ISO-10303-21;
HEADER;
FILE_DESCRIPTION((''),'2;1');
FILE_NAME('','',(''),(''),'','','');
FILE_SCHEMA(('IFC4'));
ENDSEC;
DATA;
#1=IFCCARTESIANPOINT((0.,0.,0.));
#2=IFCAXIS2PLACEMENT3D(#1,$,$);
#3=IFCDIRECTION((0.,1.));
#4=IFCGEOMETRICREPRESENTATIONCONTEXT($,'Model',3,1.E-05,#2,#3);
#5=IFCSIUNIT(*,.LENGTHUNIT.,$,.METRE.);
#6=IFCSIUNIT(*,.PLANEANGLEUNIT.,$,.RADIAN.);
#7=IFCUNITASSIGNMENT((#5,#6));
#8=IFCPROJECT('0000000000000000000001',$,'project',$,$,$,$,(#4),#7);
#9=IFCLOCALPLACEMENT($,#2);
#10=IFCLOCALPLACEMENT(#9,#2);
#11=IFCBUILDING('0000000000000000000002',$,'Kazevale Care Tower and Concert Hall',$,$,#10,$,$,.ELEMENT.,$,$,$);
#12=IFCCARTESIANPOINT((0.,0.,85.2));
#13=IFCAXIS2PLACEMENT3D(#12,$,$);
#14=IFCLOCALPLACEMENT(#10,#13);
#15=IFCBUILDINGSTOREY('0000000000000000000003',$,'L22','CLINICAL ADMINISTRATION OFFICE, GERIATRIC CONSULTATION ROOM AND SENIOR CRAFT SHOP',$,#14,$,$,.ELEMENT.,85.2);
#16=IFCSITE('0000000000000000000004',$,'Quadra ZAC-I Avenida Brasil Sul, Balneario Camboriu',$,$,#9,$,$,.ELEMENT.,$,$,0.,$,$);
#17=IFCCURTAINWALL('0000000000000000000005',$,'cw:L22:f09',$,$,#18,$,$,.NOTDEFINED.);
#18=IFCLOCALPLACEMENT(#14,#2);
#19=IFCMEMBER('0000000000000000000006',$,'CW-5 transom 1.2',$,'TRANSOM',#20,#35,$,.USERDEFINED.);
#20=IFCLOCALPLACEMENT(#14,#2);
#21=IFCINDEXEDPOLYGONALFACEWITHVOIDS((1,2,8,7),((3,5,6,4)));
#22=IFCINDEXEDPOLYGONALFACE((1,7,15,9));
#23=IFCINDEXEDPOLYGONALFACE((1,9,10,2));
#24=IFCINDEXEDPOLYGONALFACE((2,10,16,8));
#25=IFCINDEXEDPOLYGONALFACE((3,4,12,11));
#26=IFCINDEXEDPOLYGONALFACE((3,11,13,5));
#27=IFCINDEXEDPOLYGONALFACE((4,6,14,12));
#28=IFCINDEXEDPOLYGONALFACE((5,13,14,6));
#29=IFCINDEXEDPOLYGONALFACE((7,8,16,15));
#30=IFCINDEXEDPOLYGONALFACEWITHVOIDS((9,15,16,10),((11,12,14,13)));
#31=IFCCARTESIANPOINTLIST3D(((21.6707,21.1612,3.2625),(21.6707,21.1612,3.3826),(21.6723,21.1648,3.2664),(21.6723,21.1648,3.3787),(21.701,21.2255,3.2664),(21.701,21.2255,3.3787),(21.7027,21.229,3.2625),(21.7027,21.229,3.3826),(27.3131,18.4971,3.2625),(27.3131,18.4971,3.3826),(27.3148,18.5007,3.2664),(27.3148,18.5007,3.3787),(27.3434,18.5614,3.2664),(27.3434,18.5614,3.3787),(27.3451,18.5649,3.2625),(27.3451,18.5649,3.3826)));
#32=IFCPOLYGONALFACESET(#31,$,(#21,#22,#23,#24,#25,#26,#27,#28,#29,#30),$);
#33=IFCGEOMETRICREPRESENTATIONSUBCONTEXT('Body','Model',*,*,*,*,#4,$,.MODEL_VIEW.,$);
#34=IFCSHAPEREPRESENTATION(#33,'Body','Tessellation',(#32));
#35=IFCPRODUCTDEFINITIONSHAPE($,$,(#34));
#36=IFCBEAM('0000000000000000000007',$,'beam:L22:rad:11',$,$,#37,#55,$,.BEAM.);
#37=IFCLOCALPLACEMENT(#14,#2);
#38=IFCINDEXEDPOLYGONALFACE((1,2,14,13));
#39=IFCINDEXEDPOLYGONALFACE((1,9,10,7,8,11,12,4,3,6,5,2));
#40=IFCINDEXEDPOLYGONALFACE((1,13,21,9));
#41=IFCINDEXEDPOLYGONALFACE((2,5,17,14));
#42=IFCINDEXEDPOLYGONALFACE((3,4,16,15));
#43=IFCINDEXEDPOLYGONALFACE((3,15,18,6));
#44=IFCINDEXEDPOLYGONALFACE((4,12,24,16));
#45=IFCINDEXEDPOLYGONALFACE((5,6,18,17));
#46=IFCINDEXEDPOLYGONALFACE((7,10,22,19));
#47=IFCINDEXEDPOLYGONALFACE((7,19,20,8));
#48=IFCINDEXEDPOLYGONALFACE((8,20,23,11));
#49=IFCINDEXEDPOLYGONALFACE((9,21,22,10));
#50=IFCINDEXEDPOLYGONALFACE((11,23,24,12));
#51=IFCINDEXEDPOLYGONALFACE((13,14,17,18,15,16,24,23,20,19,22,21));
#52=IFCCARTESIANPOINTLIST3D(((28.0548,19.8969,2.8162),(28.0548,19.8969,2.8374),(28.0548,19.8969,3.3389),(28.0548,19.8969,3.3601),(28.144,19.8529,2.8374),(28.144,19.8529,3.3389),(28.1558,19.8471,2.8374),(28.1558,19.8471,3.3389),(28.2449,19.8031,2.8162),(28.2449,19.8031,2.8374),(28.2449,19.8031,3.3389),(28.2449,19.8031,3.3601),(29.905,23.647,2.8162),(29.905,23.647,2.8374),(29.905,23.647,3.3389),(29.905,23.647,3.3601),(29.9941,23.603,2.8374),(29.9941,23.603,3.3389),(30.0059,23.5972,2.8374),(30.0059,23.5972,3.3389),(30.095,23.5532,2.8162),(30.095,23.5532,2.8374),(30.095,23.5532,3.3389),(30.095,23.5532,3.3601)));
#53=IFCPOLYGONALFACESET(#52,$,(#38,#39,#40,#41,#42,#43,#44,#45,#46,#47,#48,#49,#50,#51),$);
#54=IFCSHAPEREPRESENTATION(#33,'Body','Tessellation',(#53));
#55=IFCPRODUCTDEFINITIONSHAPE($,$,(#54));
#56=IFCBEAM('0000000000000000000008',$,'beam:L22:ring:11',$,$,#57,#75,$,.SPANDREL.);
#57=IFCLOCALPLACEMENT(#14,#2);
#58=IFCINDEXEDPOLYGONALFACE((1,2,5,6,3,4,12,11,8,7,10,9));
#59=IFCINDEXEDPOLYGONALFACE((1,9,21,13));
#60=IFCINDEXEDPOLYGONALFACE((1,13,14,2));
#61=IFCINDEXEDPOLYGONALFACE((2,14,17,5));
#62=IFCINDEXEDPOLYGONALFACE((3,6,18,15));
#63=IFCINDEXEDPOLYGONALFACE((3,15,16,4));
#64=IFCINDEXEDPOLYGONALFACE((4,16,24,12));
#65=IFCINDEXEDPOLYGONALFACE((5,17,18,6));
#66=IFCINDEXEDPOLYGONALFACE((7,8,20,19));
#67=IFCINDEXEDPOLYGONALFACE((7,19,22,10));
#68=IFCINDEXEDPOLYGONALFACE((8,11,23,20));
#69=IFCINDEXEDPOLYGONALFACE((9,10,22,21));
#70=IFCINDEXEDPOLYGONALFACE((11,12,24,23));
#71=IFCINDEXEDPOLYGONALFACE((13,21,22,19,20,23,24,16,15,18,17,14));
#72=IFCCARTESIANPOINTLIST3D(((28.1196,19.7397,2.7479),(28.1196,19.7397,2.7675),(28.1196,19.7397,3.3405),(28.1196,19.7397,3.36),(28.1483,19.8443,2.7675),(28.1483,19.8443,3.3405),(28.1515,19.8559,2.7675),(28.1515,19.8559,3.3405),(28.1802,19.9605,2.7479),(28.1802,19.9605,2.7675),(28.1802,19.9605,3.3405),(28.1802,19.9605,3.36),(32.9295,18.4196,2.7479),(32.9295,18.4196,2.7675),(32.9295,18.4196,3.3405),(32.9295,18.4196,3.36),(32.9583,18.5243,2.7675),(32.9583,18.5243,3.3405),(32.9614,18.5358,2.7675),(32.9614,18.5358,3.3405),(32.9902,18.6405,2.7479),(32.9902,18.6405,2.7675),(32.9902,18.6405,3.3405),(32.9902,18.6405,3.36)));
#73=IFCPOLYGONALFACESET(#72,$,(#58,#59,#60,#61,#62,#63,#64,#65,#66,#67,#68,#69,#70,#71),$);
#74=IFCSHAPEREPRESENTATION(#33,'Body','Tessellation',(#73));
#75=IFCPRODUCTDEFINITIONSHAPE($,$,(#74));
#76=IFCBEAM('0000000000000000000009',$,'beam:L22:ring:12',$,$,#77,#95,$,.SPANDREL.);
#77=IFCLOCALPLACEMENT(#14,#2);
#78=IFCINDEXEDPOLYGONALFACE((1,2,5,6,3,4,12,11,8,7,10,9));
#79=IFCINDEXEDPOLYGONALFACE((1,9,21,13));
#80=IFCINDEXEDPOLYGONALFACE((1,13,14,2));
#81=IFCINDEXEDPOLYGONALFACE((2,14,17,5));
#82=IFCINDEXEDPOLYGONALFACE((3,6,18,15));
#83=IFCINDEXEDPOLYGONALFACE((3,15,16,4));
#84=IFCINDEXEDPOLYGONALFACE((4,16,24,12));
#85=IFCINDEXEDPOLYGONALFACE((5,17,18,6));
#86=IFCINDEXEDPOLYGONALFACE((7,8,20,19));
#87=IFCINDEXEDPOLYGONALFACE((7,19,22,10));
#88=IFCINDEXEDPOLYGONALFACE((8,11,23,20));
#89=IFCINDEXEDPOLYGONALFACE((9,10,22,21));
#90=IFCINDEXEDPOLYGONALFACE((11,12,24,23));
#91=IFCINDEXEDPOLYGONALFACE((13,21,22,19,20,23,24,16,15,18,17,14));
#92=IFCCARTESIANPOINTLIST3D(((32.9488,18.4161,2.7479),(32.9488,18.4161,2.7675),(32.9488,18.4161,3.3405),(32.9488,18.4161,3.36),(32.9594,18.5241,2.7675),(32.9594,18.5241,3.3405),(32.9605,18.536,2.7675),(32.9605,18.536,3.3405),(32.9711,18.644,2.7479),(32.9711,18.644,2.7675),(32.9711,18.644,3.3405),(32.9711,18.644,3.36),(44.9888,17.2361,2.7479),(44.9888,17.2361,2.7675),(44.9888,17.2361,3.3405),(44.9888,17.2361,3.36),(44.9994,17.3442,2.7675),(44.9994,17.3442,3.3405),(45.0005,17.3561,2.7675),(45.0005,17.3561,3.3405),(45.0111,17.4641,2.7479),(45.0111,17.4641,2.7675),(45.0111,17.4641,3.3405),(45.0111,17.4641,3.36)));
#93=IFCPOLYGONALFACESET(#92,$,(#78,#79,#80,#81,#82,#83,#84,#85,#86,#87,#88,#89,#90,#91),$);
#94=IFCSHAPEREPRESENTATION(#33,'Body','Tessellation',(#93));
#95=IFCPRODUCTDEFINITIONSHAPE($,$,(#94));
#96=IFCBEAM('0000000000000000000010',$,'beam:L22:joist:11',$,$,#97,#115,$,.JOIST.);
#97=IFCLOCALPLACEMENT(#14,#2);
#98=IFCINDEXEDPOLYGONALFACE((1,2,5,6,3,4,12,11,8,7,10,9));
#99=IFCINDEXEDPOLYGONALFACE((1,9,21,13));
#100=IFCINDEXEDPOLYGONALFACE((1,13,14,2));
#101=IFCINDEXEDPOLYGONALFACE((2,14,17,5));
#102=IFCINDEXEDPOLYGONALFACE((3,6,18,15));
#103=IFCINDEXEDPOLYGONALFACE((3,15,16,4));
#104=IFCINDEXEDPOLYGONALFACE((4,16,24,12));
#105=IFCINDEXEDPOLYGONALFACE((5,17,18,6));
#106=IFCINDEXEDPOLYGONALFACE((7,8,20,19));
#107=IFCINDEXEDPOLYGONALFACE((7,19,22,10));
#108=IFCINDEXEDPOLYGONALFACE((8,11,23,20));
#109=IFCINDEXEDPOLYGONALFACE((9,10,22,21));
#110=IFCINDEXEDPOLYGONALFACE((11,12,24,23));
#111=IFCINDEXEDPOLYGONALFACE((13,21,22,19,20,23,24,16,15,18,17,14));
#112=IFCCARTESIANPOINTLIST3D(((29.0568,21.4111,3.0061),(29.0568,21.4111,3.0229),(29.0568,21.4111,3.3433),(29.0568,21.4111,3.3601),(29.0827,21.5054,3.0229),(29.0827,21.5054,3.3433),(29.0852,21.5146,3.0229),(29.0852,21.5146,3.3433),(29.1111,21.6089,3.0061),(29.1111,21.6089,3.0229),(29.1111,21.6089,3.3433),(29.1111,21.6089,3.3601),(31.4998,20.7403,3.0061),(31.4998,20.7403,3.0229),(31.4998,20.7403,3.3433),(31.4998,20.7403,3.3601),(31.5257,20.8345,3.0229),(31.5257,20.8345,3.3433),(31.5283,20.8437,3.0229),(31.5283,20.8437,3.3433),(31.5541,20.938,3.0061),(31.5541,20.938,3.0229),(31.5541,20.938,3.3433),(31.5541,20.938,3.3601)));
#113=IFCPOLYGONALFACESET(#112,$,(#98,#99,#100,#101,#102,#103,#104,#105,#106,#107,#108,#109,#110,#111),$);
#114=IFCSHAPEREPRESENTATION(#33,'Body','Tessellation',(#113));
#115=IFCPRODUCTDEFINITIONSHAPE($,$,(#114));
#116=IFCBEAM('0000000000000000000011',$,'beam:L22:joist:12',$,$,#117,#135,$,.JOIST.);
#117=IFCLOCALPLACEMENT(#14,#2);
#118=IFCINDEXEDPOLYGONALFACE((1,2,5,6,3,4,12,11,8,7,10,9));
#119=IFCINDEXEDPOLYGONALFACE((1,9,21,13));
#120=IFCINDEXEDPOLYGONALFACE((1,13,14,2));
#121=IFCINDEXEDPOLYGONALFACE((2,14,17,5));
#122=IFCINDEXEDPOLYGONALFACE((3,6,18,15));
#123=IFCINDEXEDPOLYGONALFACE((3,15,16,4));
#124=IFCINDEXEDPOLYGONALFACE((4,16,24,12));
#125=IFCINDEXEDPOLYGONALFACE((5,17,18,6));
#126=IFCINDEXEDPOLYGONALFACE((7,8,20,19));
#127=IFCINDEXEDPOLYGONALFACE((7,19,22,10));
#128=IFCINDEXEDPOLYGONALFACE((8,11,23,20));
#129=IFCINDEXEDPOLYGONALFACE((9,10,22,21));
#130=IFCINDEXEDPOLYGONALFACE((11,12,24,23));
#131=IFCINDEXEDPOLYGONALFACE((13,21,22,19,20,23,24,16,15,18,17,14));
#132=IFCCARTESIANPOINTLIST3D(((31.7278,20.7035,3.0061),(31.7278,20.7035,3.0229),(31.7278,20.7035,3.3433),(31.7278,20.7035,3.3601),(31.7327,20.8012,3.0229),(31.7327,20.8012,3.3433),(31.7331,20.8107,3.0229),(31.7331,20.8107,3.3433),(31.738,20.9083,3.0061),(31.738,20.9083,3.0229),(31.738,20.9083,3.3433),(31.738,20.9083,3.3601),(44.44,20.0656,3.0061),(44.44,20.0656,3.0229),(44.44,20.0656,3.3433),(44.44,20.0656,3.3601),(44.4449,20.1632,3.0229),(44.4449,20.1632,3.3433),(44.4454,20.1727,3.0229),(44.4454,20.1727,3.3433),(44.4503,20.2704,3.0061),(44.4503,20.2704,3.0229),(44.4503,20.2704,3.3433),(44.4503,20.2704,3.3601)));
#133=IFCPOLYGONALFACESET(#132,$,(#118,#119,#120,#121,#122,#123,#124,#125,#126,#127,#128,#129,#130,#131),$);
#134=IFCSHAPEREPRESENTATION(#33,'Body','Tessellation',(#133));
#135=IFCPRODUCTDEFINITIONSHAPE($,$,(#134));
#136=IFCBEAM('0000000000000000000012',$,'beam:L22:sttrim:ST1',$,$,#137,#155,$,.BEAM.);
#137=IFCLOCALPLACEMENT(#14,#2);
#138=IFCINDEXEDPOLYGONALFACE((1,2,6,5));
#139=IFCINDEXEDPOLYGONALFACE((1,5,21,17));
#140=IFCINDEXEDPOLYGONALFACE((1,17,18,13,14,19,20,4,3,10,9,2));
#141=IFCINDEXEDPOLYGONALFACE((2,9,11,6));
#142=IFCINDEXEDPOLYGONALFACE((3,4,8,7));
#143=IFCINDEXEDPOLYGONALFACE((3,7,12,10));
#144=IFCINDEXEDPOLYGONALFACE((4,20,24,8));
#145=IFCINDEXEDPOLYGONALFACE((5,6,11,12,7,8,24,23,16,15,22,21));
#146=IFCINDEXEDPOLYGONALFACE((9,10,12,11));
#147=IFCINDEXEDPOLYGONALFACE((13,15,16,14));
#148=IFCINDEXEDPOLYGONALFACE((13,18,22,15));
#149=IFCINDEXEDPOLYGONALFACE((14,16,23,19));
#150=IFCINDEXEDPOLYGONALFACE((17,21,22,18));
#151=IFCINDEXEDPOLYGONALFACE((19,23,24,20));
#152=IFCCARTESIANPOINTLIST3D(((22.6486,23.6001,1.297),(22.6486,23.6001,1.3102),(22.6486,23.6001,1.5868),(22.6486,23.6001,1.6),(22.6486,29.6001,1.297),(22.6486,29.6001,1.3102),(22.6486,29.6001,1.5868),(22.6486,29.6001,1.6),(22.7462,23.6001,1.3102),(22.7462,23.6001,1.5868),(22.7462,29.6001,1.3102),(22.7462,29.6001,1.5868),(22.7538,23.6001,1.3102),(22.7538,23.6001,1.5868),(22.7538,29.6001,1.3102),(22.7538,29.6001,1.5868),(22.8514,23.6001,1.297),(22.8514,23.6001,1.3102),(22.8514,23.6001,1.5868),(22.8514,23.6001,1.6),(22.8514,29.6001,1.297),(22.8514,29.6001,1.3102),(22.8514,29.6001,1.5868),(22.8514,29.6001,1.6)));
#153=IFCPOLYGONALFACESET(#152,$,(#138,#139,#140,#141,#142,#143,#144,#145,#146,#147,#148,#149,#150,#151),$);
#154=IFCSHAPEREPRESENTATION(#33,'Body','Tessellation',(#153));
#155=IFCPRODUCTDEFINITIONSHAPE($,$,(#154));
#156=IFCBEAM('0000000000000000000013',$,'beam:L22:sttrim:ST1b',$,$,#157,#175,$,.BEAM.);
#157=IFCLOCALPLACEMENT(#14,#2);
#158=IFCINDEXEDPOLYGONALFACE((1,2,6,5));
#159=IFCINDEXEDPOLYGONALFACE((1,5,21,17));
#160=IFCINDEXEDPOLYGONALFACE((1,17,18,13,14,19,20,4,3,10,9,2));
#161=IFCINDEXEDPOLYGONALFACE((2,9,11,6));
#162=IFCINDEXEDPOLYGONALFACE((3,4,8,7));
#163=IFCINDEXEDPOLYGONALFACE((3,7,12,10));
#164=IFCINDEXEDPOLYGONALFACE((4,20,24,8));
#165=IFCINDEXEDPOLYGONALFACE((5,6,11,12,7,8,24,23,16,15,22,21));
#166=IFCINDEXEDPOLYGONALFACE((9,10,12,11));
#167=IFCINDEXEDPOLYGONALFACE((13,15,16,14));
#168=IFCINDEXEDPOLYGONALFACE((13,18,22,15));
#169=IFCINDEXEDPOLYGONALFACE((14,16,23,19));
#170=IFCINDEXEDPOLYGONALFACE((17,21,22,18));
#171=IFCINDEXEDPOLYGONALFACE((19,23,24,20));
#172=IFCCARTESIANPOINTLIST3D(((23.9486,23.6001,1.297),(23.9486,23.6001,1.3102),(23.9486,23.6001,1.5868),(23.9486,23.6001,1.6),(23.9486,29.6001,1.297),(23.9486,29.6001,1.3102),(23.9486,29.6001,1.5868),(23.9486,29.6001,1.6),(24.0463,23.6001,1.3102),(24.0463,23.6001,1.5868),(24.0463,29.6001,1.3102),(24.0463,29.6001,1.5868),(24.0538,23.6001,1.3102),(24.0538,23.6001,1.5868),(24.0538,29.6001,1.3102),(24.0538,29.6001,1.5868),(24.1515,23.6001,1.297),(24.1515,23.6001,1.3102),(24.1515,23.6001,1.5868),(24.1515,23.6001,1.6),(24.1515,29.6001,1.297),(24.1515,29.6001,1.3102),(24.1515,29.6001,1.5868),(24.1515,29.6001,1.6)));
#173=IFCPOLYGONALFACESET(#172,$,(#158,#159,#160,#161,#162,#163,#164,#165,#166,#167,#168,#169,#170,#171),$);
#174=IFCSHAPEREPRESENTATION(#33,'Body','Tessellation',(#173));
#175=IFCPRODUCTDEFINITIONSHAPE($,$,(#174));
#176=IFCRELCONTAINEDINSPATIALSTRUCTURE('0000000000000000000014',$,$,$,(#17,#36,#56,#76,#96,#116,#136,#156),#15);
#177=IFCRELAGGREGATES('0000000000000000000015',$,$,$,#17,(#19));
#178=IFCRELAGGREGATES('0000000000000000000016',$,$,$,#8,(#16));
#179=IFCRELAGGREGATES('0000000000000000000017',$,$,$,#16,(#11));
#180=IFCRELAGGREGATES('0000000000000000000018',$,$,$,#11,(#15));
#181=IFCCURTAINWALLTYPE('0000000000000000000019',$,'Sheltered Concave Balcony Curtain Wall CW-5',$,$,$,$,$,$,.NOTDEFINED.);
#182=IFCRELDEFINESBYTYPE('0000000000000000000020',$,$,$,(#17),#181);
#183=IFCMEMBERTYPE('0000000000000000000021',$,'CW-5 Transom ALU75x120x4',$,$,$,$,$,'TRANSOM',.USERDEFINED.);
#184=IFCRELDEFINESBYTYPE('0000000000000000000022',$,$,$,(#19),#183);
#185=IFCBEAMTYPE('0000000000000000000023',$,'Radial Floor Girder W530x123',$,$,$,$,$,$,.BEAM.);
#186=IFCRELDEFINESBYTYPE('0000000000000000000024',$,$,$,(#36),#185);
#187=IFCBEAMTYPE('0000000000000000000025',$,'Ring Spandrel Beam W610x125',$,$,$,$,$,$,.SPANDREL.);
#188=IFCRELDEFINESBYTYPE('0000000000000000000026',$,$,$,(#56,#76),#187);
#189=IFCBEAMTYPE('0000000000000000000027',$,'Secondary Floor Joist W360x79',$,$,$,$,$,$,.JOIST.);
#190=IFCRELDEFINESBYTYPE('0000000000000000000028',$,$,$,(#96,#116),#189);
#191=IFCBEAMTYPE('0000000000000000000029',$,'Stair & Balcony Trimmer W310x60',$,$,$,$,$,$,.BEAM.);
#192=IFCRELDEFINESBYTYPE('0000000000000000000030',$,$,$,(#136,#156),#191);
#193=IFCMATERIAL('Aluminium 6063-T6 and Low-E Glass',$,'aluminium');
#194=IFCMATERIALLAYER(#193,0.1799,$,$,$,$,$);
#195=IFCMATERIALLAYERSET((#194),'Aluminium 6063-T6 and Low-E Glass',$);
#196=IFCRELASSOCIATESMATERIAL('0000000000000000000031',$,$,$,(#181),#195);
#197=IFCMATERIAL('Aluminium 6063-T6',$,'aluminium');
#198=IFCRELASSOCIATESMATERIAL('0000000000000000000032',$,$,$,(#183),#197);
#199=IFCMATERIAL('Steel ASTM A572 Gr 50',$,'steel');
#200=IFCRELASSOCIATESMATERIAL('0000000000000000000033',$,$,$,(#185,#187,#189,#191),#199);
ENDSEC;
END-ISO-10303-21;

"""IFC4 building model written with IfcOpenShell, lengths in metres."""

from ifc_helpers import new_model, si_unit, direction, frame, origin, origin_2d, place, context, subcontext, project, spatial, hollow_rectangle, i_section, extrude, material, layer, layer_set, material_profile, profile_set, type_object, element, aggregate, save


model = new_model("IFC4")

# Units and contexts
model_context = context("Model", 3, precision=1e-05, world=origin(), true_north=direction((0.0, 1.0)))
body_context = subcontext(model_context, "Body", "Model", "MODEL_VIEW")
ifc_project = project(units=[si_unit("LENGTHUNIT", "METRE"), si_unit("PLANEANGLEUNIT", "RADIAN")], contexts=[model_context])

# Site, building, storey
site_placement = place(None, origin())
site = spatial("IfcSite", under=ifc_project, at=site_placement, Name="Quadra ZAC-I Avenida Brasil Sul, Balneario Camboriu", CompositionType="ELEMENT", RefElevation=0.0)
building_placement = place(site_placement, origin())
building = spatial("IfcBuilding", under=site, at=building_placement, Name="Kazevale Care Tower and Concert Hall", CompositionType="ELEMENT")
storey_placement = place(building_placement, frame((0.0, 0.0, 85.2)))
storey = spatial("IfcBuildingStorey", under=building, at=storey_placement, Name="L22", Description="CLINICAL ADMINISTRATION OFFICE, GERIATRIC CONSULTATION ROOM AND SENIOR CRAFT SHOP", CompositionType="ELEMENT", Elevation=85.2)

# Curtain wall
ifc_material_1 = material(Name="Aluminium 6063-T6 and Low-E Glass", Category="aluminium")
ifc_layer_1 = layer(ifc_material_1, 0.1799)
ifc_layer_set_1 = layer_set([ifc_layer_1], Name="Aluminium 6063-T6 and Low-E Glass")
curtain_wall_type = type_object("IfcCurtainWallType", Name="Sheltered Concave Balcony Curtain Wall CW-5", PredefinedType="NOTDEFINED", material=ifc_layer_set_1)
ifc_material_2 = material(Name="Aluminium 6063-T6", Category="aluminium")
curtain_wall_1_placement = place(storey_placement, origin())
curtain_wall_1 = element("IfcCurtainWall", 1, at=curtain_wall_1_placement, inside=storey, type_object=curtain_wall_type, Name="cw:L22:f09", PredefinedType="NOTDEFINED")

# Member
ifc_material_profile_1 = material_profile(ifc_material_2, hollow_rectangle(XDim=0.075, YDim=0.1201, WallThickness=0.0039, at=origin_2d()), Name="ALU75x120x4")
ifc_profile_set_1 = profile_set([ifc_material_profile_1], Name="Aluminium 6063-T6")
member_type_1 = type_object("IfcMemberType", Name="CW-5 Transom ALU75x120x4", ElementType="TRANSOM", PredefinedType="USERDEFINED", material=ifc_profile_set_1)
member_1_placement = place(storey_placement, frame((27.3291, 18.531, 3.3225), z_axis=(-0.904272, 0.426957, 0.0), x_axis=(-0.426957, -0.904272, 0.0)))
member_1 = element("IfcMember", 2, at=member_1_placement, type_object=member_type_1, Name="CW-5 transom 1.2", ObjectType="TRANSOM", PredefinedType="USERDEFINED", context=body_context, shape_type="SweptSolid", body=[
    extrude(hollow_rectangle(XDim=0.075, YDim=0.1201, WallThickness=0.0039, at=origin_2d()), origin(), (0.0, 0.0, 1.0), 6.2397),
])

# Beams
ifc_material_3 = material(Name="Steel ASTM A572 Gr 50", Category="steel")
ifc_material_profile_2 = material_profile(ifc_material_3, i_section(OverallWidth=0.2119, OverallDepth=0.5439, WebThickness=0.0132, FlangeThickness=0.0212, at=origin_2d()), Name="W530x123")
ifc_profile_set_2 = profile_set([ifc_material_profile_2], Name="Steel ASTM A572 Gr 50")
beam_type_1 = type_object("IfcBeamType", Name="Radial Floor Girder W530x123", PredefinedType="BEAM", material=ifc_profile_set_2)
beam_1_placement = place(storey_placement, frame((30.0, 23.6001, 3.0881), z_axis=(-0.442443, -0.896797, 0.0), x_axis=(0.896797, -0.442443, 0.0)))
element("IfcBeam", 3, at=beam_1_placement, inside=storey, type_object=beam_type_1, Name="beam:L22:rad:11", PredefinedType="BEAM", context=body_context, shape_type="SweptSolid", body=[
    extrude(i_section(OverallWidth=0.2119, OverallDepth=0.5439, WebThickness=0.0132, FlangeThickness=0.0212, at=origin_2d()), origin(), (0.0, 0.0, 1.0), 4.1816),
])
ifc_material_profile_3 = material_profile(ifc_material_3, i_section(OverallWidth=0.229, OverallDepth=0.6121, WebThickness=0.012, FlangeThickness=0.0195, at=origin_2d()), Name="W610x125")
ifc_profile_set_3 = profile_set([ifc_material_profile_3], Name="Steel ASTM A572 Gr 50")
beam_type_2 = type_object("IfcBeamType", Name="Ring Spandrel Beam W610x125", PredefinedType="SPANDREL", material=ifc_profile_set_3)
beam_2_placement = place(storey_placement, frame((28.1499, 19.8501, 3.054), z_axis=(0.964344, -0.264654, 0.0), x_axis=(0.264654, 0.964344, 0.0)))
element("IfcBeam", 4, at=beam_2_placement, inside=storey, type_object=beam_type_2, Name="beam:L22:ring:11", PredefinedType="SPANDREL", context=body_context, shape_type="SweptSolid", body=[
    extrude(i_section(OverallWidth=0.229, OverallDepth=0.6121, WebThickness=0.012, FlangeThickness=0.0195, at=origin_2d()), origin(), (0.0, 0.0, 1.0), 4.9878),
])
beam_3_placement = place(storey_placement, frame((32.96, 18.53, 3.054), z_axis=(0.995232, -0.097533, 0.0), x_axis=(0.097533, 0.995232, 0.0)))
element("IfcBeam", 5, at=beam_3_placement, inside=storey, type_object=beam_type_2, Name="beam:L22:ring:12", PredefinedType="SPANDREL", context=body_context, shape_type="SweptSolid", body=[
    extrude(i_section(OverallWidth=0.229, OverallDepth=0.6121, WebThickness=0.012, FlangeThickness=0.0195, at=origin_2d()), origin(), (0.0, 0.0, 1.0), 12.0977),
])
ifc_material_profile_4 = material_profile(ifc_material_3, i_section(OverallWidth=0.2051, OverallDepth=0.354, WebThickness=0.0095, FlangeThickness=0.0168, at=origin_2d()), Name="W360x79")
ifc_profile_set_4 = profile_set([ifc_material_profile_4], Name="Steel ASTM A572 Gr 50")
beam_type_3 = type_object("IfcBeamType", Name="Secondary Floor Joist W360x79", PredefinedType="JOIST", material=ifc_profile_set_4)
beam_4_placement = place(storey_placement, frame((29.084, 21.51, 3.1831), z_axis=(0.964302, -0.264805, 0.0), x_axis=(0.264805, 0.964302, 0.0)))
element("IfcBeam", 6, at=beam_4_placement, inside=storey, type_object=beam_type_3, Name="beam:L22:joist:11", PredefinedType="JOIST", context=body_context, shape_type="SweptSolid", body=[
    extrude(i_section(OverallWidth=0.2051, OverallDepth=0.354, WebThickness=0.0095, FlangeThickness=0.0168, at=origin_2d()), origin(), (0.0, 0.0, 1.0), 2.5334),
])
beam_5_placement = place(storey_placement, frame((31.7329, 20.8059, 3.1831), z_axis=(0.998743, -0.05012, 0.0), x_axis=(0.05012, 0.998743, 0.0)))
element("IfcBeam", 7, at=beam_5_placement, inside=storey, type_object=beam_type_3, Name="beam:L22:joist:12", PredefinedType="JOIST", context=body_context, shape_type="SweptSolid", body=[
    extrude(i_section(OverallWidth=0.2051, OverallDepth=0.354, WebThickness=0.0095, FlangeThickness=0.0168, at=origin_2d()), origin(), (0.0, 0.0, 1.0), 12.7283),
])
ifc_material_profile_5 = material_profile(ifc_material_3, i_section(OverallWidth=0.2029, OverallDepth=0.303, WebThickness=0.0076, FlangeThickness=0.0132, at=origin_2d()), Name="W310x60")
ifc_profile_set_5 = profile_set([ifc_material_profile_5], Name="Steel ASTM A572 Gr 50")
beam_type_4 = type_object("IfcBeamType", Name="Stair & Balcony Trimmer W310x60", PredefinedType="BEAM", material=ifc_profile_set_5)
for number, where, z_axis, x_axis, name in (
    (8, (22.75, 23.6001, 1.4485), (0.0, 1.0, 0.0), (-1.0, 0.0, 0.0), "beam:L22:sttrim:ST1"),
    (9, (24.05, 23.6001, 1.4485), (0.0, 1.0, 0.0), (-1.0, 0.0, 0.0), "beam:L22:sttrim:ST1b"),
):
    element("IfcBeam", number, at=place(storey_placement, frame(where, z_axis=z_axis, x_axis=x_axis)), inside=storey, type_object=beam_type_4, Name=name, PredefinedType="BEAM", context=body_context, shape_type="SweptSolid", body=[
        extrude(i_section(OverallWidth=0.2029, OverallDepth=0.303, WebThickness=0.0076, FlangeThickness=0.0132, at=origin_2d()), origin(), (0.0, 0.0, 1.0), 6.0),
    ])

aggregate(curtain_wall_1, [member_1])

save(model, "model.ifc")
